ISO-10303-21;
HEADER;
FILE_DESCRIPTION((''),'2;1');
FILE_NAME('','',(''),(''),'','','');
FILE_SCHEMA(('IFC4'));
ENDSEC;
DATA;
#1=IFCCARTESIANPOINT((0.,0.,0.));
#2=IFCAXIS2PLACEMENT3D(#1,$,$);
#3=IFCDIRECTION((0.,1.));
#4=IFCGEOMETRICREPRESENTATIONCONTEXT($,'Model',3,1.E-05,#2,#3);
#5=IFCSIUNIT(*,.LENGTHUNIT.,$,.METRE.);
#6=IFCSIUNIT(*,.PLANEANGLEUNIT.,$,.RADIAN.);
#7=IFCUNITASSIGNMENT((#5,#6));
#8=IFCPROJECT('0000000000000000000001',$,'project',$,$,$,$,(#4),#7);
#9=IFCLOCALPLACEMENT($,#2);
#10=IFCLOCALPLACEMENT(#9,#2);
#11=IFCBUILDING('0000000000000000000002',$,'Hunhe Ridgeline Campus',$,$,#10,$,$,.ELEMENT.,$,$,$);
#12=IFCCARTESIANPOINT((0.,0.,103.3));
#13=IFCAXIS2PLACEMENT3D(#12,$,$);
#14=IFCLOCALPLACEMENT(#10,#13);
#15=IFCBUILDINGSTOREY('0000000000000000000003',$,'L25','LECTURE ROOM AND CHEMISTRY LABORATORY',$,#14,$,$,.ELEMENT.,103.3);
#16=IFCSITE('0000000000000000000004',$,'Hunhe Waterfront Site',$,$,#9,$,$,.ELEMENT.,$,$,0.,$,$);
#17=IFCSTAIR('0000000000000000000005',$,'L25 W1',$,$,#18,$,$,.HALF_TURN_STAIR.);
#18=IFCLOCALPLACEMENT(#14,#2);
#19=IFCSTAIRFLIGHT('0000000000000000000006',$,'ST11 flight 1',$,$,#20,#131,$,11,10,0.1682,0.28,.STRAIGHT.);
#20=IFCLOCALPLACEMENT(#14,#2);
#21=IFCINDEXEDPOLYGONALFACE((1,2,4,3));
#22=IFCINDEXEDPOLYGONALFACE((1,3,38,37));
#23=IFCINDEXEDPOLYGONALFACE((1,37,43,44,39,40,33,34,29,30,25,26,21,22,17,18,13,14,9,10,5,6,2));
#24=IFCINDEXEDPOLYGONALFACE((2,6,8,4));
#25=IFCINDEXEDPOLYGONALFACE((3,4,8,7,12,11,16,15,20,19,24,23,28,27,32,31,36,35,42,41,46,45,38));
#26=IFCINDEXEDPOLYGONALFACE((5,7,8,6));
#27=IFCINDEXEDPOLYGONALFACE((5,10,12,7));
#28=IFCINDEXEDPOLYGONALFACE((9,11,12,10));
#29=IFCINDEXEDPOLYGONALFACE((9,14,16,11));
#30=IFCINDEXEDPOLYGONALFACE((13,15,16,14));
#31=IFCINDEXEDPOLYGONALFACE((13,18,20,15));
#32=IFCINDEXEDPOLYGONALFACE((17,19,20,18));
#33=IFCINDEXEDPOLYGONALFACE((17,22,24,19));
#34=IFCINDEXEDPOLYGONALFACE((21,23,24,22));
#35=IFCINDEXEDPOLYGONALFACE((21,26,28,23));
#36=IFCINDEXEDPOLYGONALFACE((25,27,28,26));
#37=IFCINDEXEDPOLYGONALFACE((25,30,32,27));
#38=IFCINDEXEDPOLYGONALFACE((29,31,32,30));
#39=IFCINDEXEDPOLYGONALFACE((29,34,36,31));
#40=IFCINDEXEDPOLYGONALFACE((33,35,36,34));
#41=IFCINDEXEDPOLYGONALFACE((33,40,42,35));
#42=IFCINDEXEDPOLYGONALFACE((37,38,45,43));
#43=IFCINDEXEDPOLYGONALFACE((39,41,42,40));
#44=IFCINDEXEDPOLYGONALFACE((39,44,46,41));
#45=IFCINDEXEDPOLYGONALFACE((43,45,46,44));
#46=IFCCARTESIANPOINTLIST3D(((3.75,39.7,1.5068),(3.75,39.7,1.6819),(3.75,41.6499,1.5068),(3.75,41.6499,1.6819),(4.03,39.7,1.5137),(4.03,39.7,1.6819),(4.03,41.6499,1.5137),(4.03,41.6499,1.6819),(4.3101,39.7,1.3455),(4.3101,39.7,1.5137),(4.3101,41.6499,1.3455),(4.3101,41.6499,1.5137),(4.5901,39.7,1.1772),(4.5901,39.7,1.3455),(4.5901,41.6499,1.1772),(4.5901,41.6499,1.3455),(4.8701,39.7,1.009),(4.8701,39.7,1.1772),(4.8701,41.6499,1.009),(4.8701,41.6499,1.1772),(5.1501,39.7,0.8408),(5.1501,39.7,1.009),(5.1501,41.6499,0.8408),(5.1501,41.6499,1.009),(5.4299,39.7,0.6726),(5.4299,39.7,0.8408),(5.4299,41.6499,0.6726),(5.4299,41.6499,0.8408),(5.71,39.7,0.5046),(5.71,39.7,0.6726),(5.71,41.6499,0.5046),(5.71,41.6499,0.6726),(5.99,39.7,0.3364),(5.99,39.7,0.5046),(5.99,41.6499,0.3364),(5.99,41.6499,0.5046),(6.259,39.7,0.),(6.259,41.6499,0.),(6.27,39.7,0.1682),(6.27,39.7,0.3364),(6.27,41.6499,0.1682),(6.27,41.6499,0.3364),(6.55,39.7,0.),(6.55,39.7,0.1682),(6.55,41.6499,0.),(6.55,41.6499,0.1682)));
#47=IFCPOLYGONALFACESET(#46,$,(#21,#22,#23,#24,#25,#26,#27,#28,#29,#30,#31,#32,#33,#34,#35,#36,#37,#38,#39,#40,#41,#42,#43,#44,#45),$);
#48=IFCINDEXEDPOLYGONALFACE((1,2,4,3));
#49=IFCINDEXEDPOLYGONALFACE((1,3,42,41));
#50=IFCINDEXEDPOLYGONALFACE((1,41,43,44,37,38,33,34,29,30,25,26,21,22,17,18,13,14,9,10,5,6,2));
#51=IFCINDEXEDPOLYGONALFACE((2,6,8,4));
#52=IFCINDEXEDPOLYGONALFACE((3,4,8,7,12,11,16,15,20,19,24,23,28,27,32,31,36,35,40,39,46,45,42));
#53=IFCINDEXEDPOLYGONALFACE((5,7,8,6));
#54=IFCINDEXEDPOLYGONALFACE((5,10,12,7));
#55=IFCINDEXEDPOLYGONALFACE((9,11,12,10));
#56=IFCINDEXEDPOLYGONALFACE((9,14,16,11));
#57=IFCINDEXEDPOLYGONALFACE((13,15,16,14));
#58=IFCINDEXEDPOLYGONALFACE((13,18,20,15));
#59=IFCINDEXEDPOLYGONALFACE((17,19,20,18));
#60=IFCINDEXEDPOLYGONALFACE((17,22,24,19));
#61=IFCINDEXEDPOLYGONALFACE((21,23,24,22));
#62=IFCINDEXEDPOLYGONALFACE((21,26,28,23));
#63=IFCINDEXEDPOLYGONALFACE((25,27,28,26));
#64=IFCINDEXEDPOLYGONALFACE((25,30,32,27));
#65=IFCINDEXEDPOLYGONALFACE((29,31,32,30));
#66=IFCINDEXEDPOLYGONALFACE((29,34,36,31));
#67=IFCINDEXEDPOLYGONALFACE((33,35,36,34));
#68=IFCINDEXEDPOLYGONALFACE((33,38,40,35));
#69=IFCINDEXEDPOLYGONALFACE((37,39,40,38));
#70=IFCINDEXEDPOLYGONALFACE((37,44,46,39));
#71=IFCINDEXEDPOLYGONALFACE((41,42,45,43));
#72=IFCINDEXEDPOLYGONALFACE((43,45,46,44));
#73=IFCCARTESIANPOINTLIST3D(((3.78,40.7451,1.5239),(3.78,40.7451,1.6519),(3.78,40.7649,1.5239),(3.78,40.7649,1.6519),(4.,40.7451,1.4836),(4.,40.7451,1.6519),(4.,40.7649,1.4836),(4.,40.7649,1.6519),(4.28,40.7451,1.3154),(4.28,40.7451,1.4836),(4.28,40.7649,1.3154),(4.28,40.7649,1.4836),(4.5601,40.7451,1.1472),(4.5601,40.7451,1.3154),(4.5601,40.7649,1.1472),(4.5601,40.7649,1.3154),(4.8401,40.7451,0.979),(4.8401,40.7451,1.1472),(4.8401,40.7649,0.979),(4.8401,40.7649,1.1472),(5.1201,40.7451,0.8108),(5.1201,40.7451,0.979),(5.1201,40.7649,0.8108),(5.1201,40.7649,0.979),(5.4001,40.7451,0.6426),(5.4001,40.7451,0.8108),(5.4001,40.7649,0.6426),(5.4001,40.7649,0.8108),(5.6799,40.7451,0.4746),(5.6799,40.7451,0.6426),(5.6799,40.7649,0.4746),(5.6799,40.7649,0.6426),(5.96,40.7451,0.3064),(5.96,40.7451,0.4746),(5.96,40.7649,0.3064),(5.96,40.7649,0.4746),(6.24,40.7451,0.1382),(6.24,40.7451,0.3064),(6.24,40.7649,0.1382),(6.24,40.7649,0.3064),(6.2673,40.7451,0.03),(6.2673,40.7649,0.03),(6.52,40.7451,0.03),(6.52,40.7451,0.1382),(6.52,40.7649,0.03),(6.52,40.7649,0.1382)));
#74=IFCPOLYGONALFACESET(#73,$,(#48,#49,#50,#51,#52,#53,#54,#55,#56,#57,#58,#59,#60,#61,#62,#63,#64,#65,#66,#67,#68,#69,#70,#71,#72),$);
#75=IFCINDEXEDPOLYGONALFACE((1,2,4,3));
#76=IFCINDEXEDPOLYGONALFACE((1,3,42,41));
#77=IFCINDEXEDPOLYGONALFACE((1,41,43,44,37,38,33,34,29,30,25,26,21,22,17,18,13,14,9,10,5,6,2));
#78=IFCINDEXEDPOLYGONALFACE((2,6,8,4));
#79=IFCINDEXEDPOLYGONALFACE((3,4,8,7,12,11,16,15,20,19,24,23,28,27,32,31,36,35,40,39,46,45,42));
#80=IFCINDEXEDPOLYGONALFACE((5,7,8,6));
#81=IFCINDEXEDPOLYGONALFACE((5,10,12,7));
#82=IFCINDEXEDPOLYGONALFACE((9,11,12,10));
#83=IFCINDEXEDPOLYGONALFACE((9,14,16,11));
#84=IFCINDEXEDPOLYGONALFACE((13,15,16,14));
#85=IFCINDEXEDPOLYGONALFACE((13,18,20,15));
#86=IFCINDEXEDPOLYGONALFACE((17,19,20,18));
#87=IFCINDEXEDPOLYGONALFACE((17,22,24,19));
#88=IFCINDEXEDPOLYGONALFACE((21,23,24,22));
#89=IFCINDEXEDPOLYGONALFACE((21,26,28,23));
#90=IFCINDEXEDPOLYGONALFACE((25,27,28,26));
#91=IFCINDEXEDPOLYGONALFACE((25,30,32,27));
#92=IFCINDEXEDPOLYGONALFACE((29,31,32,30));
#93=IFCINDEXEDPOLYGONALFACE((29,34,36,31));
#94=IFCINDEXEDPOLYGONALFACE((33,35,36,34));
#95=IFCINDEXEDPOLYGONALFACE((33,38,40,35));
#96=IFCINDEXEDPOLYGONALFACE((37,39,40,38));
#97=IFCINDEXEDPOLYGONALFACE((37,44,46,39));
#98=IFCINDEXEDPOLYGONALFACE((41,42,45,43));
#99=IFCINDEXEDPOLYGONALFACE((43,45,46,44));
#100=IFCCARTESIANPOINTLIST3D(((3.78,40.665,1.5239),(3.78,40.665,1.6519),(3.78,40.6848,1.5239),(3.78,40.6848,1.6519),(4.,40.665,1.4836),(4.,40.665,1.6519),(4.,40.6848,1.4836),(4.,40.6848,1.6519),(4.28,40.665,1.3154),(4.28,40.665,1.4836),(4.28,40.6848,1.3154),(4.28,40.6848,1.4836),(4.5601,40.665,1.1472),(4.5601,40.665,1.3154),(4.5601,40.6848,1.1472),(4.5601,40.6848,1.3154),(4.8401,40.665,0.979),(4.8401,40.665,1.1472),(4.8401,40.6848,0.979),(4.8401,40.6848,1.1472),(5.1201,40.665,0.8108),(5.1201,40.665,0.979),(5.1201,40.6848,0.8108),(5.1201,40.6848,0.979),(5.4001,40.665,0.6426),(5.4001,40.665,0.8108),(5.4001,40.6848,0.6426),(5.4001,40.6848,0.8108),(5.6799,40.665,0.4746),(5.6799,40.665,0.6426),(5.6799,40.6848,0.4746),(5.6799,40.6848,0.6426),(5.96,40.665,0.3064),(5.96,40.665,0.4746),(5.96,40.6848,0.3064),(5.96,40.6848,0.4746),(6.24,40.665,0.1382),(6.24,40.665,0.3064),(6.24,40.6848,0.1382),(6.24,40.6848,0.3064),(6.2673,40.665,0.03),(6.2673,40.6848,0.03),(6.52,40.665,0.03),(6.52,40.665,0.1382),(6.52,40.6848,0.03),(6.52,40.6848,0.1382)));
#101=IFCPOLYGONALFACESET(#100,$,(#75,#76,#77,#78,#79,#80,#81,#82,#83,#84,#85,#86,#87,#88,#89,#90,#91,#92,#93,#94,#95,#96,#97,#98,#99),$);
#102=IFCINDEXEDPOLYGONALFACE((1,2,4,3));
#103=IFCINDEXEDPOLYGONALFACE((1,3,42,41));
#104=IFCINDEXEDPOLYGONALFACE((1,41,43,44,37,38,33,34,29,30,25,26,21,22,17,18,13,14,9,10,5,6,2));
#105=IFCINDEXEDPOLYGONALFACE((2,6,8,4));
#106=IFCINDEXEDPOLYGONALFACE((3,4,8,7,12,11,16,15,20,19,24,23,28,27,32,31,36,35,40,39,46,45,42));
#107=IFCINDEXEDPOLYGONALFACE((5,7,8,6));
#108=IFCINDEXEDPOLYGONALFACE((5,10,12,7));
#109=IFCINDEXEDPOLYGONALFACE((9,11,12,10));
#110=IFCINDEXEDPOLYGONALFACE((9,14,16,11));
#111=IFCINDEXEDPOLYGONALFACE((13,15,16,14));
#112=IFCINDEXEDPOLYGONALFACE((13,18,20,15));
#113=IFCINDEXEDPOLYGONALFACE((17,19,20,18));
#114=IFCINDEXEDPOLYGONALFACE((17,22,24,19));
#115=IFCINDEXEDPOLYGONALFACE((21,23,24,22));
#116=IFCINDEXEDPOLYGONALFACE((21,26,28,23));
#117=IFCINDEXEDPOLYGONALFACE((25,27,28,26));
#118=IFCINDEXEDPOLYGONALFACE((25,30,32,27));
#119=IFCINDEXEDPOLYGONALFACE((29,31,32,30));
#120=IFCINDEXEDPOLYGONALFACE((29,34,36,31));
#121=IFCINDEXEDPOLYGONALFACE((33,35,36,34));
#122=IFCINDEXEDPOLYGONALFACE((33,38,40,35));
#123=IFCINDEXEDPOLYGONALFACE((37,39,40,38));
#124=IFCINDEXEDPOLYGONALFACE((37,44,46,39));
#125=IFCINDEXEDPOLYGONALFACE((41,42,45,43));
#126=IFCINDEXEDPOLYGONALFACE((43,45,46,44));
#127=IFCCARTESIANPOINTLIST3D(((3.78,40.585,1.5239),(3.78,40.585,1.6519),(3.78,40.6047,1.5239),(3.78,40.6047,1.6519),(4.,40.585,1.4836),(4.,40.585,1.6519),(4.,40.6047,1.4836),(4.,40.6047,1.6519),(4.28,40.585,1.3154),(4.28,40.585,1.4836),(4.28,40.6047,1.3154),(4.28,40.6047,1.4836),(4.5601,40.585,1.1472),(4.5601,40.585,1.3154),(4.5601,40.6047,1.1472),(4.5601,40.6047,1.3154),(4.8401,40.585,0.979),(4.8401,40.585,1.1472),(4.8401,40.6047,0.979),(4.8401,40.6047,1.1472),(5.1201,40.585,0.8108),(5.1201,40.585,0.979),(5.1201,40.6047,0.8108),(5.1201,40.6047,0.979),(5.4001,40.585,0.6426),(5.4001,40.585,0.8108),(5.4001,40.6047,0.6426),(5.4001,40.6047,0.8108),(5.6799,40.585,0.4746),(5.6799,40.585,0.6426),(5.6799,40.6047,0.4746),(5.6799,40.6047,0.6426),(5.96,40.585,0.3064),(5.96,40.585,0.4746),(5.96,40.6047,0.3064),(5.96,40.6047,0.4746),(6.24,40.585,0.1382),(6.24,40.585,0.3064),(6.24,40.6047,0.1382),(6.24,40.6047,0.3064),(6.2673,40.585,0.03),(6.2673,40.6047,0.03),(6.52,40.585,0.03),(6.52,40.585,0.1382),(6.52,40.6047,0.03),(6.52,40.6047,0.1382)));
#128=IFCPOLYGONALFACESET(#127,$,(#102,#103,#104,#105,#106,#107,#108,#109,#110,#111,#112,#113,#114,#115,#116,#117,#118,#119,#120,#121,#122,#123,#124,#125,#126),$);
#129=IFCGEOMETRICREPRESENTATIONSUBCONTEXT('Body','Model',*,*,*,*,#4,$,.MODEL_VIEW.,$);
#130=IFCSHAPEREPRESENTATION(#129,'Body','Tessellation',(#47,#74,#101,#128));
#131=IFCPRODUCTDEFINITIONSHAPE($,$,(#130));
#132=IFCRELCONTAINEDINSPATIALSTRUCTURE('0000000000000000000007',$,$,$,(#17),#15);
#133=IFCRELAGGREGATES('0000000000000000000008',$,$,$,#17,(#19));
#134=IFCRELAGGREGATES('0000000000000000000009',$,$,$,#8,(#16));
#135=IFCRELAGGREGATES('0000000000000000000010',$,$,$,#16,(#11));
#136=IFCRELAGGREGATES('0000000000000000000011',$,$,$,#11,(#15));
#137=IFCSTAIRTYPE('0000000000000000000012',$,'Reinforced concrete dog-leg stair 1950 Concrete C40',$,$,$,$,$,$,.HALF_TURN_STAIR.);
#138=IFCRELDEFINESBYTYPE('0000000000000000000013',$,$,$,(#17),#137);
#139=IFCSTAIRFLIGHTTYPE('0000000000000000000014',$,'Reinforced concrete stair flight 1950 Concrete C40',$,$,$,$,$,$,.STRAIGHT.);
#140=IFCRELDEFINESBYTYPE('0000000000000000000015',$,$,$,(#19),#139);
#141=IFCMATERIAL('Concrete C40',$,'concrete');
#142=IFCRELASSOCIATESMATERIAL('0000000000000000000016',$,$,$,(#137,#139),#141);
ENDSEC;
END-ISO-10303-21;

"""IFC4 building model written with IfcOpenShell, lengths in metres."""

from ifc_helpers import new_model, si_unit, direction, frame, origin, place, context, subcontext, project, spatial, polyline, outline, extrude, material, type_object, element, aggregate, save


model = new_model("IFC4")

# Units and contexts
model_context = context("Model", 3, precision=1e-05, world=origin(), true_north=direction((0.0, 1.0)))
body_context = subcontext(model_context, "Body", "Model", "MODEL_VIEW")
ifc_project = project(units=[si_unit("LENGTHUNIT", "METRE"), si_unit("PLANEANGLEUNIT", "RADIAN")], contexts=[model_context])

# Site, building, storey
site_placement = place(None, origin())
site = spatial("IfcSite", under=ifc_project, at=site_placement, Name="Hunhe Waterfront Site", CompositionType="ELEMENT", RefElevation=0.0)
building_placement = place(site_placement, origin())
building = spatial("IfcBuilding", under=site, at=building_placement, Name="Hunhe Ridgeline Campus", CompositionType="ELEMENT")
storey_placement = place(building_placement, frame((0.0, 0.0, 103.3)))
storey = spatial("IfcBuildingStorey", under=building, at=storey_placement, Name="L25", Description="LECTURE ROOM AND CHEMISTRY LABORATORY", CompositionType="ELEMENT", Elevation=103.3)

# Shared definitions
ifc_material_1 = material(Name="Concrete C40", Category="concrete")
stair_type = type_object("IfcStairType", Name="Reinforced concrete dog-leg stair 1950 Concrete C40", PredefinedType="HALF_TURN_STAIR", material=ifc_material_1)
stair_flight_type = type_object("IfcStairFlightType", Name="Reinforced concrete stair flight 1950 Concrete C40", PredefinedType="STRAIGHT", material=ifc_material_1)

# Stair, stair flight
stair_1_placement = place(storey_placement, origin())
stair_1 = element("IfcStair", 1, at=stair_1_placement, inside=storey, type_object=stair_type, Name="L25 W1", PredefinedType="HALF_TURN_STAIR")
stair_flight_1_placement = place(storey_placement, frame((6.55, 40.675, 0.0), z_axis=(0.0, 0.0, 1.0), x_axis=(-1.0, 0.0, 0.0)))
stair_flight_1 = element("IfcStairFlight", 2, at=stair_flight_1_placement, type_object=stair_flight_type, Name="ST11 flight 1", NumberOfRisers=11, NumberOfTreads=10, PredefinedType="STRAIGHT", RiserHeight=0.1682, TreadLength=0.28, context=body_context, shape_type="SweptSolid", body=[
    extrude(outline(polyline([(0.0, 0.0), (0.0, 0.1682), (0.28, 0.1682), (0.28, 0.3364), (0.5601, 0.3364), (0.5601, 0.5046), (0.8401, 0.5046), (0.8401, 0.6726), (1.1201, 0.6726), (1.1201, 0.8408), (1.3999, 0.8408), (1.3999, 1.009), (1.6799, 1.009), (1.6799, 1.1772), (1.96, 1.1772), (1.96, 1.3455), (2.24, 1.3455), (2.24, 1.5137), (2.52, 1.5137), (2.52, 1.6819), (2.8, 1.6819), (2.8, 1.8501), (2.8, 1.5068), (0.291, 0.0), (0.0, 0.0)])), frame((0.0, 0.9751, 0.0), z_axis=(0.0, -1.0, 0.0), x_axis=(1.0, 0.0, 0.0)), (0.0, 0.0, 1.0), 1.95),
    extrude(outline(polyline([(0.03, 0.03), (0.03, 0.1382), (0.3101, 0.1382), (0.3101, 0.3064), (0.5901, 0.3064), (0.5901, 0.4746), (0.8701, 0.4746), (0.8701, 0.6426), (1.1499, 0.6426), (1.1499, 0.8108), (1.4299, 0.8108), (1.4299, 0.979), (1.71, 0.979), (1.71, 1.1472), (1.99, 1.1472), (1.99, 1.3154), (2.27, 1.3154), (2.27, 1.4836), (2.55, 1.4836), (2.55, 1.6519), (2.77, 1.6519), (2.77, 1.5239), (0.2827, 0.03), (0.03, 0.03)])), frame((0.0, -0.0701, 0.0), z_axis=(0.0, -1.0, 0.0), x_axis=(1.0, 0.0, 0.0)), (0.0, 0.0, 1.0), 0.0198),
    extrude(outline(polyline([(0.03, 0.03), (0.03, 0.1382), (0.3101, 0.1382), (0.3101, 0.3064), (0.5901, 0.3064), (0.5901, 0.4746), (0.8701, 0.4746), (0.8701, 0.6426), (1.1499, 0.6426), (1.1499, 0.8108), (1.4299, 0.8108), (1.4299, 0.979), (1.71, 0.979), (1.71, 1.1472), (1.99, 1.1472), (1.99, 1.3154), (2.27, 1.3154), (2.27, 1.4836), (2.55, 1.4836), (2.55, 1.6519), (2.77, 1.6519), (2.77, 1.5239), (0.2827, 0.03), (0.03, 0.03)])), frame((0.0, 0.01, 0.0), z_axis=(0.0, -1.0, 0.0), x_axis=(1.0, 0.0, 0.0)), (0.0, 0.0, 1.0), 0.0198),
    extrude(outline(polyline([(0.03, 0.03), (0.03, 0.1382), (0.3101, 0.1382), (0.3101, 0.3064), (0.5901, 0.3064), (0.5901, 0.4746), (0.8701, 0.4746), (0.8701, 0.6426), (1.1499, 0.6426), (1.1499, 0.8108), (1.4299, 0.8108), (1.4299, 0.979), (1.71, 0.979), (1.71, 1.1472), (1.99, 1.1472), (1.99, 1.3154), (2.27, 1.3154), (2.27, 1.4836), (2.55, 1.4836), (2.55, 1.6519), (2.77, 1.6519), (2.77, 1.5239), (0.2827, 0.03), (0.03, 0.03)])), frame((0.0, 0.0901, 0.0), z_axis=(0.0, -1.0, 0.0), x_axis=(1.0, 0.0, 0.0)), (0.0, 0.0, 1.0), 0.0198),
])
aggregate(stair_1, [stair_flight_1])

save(model, "model.ifc")
